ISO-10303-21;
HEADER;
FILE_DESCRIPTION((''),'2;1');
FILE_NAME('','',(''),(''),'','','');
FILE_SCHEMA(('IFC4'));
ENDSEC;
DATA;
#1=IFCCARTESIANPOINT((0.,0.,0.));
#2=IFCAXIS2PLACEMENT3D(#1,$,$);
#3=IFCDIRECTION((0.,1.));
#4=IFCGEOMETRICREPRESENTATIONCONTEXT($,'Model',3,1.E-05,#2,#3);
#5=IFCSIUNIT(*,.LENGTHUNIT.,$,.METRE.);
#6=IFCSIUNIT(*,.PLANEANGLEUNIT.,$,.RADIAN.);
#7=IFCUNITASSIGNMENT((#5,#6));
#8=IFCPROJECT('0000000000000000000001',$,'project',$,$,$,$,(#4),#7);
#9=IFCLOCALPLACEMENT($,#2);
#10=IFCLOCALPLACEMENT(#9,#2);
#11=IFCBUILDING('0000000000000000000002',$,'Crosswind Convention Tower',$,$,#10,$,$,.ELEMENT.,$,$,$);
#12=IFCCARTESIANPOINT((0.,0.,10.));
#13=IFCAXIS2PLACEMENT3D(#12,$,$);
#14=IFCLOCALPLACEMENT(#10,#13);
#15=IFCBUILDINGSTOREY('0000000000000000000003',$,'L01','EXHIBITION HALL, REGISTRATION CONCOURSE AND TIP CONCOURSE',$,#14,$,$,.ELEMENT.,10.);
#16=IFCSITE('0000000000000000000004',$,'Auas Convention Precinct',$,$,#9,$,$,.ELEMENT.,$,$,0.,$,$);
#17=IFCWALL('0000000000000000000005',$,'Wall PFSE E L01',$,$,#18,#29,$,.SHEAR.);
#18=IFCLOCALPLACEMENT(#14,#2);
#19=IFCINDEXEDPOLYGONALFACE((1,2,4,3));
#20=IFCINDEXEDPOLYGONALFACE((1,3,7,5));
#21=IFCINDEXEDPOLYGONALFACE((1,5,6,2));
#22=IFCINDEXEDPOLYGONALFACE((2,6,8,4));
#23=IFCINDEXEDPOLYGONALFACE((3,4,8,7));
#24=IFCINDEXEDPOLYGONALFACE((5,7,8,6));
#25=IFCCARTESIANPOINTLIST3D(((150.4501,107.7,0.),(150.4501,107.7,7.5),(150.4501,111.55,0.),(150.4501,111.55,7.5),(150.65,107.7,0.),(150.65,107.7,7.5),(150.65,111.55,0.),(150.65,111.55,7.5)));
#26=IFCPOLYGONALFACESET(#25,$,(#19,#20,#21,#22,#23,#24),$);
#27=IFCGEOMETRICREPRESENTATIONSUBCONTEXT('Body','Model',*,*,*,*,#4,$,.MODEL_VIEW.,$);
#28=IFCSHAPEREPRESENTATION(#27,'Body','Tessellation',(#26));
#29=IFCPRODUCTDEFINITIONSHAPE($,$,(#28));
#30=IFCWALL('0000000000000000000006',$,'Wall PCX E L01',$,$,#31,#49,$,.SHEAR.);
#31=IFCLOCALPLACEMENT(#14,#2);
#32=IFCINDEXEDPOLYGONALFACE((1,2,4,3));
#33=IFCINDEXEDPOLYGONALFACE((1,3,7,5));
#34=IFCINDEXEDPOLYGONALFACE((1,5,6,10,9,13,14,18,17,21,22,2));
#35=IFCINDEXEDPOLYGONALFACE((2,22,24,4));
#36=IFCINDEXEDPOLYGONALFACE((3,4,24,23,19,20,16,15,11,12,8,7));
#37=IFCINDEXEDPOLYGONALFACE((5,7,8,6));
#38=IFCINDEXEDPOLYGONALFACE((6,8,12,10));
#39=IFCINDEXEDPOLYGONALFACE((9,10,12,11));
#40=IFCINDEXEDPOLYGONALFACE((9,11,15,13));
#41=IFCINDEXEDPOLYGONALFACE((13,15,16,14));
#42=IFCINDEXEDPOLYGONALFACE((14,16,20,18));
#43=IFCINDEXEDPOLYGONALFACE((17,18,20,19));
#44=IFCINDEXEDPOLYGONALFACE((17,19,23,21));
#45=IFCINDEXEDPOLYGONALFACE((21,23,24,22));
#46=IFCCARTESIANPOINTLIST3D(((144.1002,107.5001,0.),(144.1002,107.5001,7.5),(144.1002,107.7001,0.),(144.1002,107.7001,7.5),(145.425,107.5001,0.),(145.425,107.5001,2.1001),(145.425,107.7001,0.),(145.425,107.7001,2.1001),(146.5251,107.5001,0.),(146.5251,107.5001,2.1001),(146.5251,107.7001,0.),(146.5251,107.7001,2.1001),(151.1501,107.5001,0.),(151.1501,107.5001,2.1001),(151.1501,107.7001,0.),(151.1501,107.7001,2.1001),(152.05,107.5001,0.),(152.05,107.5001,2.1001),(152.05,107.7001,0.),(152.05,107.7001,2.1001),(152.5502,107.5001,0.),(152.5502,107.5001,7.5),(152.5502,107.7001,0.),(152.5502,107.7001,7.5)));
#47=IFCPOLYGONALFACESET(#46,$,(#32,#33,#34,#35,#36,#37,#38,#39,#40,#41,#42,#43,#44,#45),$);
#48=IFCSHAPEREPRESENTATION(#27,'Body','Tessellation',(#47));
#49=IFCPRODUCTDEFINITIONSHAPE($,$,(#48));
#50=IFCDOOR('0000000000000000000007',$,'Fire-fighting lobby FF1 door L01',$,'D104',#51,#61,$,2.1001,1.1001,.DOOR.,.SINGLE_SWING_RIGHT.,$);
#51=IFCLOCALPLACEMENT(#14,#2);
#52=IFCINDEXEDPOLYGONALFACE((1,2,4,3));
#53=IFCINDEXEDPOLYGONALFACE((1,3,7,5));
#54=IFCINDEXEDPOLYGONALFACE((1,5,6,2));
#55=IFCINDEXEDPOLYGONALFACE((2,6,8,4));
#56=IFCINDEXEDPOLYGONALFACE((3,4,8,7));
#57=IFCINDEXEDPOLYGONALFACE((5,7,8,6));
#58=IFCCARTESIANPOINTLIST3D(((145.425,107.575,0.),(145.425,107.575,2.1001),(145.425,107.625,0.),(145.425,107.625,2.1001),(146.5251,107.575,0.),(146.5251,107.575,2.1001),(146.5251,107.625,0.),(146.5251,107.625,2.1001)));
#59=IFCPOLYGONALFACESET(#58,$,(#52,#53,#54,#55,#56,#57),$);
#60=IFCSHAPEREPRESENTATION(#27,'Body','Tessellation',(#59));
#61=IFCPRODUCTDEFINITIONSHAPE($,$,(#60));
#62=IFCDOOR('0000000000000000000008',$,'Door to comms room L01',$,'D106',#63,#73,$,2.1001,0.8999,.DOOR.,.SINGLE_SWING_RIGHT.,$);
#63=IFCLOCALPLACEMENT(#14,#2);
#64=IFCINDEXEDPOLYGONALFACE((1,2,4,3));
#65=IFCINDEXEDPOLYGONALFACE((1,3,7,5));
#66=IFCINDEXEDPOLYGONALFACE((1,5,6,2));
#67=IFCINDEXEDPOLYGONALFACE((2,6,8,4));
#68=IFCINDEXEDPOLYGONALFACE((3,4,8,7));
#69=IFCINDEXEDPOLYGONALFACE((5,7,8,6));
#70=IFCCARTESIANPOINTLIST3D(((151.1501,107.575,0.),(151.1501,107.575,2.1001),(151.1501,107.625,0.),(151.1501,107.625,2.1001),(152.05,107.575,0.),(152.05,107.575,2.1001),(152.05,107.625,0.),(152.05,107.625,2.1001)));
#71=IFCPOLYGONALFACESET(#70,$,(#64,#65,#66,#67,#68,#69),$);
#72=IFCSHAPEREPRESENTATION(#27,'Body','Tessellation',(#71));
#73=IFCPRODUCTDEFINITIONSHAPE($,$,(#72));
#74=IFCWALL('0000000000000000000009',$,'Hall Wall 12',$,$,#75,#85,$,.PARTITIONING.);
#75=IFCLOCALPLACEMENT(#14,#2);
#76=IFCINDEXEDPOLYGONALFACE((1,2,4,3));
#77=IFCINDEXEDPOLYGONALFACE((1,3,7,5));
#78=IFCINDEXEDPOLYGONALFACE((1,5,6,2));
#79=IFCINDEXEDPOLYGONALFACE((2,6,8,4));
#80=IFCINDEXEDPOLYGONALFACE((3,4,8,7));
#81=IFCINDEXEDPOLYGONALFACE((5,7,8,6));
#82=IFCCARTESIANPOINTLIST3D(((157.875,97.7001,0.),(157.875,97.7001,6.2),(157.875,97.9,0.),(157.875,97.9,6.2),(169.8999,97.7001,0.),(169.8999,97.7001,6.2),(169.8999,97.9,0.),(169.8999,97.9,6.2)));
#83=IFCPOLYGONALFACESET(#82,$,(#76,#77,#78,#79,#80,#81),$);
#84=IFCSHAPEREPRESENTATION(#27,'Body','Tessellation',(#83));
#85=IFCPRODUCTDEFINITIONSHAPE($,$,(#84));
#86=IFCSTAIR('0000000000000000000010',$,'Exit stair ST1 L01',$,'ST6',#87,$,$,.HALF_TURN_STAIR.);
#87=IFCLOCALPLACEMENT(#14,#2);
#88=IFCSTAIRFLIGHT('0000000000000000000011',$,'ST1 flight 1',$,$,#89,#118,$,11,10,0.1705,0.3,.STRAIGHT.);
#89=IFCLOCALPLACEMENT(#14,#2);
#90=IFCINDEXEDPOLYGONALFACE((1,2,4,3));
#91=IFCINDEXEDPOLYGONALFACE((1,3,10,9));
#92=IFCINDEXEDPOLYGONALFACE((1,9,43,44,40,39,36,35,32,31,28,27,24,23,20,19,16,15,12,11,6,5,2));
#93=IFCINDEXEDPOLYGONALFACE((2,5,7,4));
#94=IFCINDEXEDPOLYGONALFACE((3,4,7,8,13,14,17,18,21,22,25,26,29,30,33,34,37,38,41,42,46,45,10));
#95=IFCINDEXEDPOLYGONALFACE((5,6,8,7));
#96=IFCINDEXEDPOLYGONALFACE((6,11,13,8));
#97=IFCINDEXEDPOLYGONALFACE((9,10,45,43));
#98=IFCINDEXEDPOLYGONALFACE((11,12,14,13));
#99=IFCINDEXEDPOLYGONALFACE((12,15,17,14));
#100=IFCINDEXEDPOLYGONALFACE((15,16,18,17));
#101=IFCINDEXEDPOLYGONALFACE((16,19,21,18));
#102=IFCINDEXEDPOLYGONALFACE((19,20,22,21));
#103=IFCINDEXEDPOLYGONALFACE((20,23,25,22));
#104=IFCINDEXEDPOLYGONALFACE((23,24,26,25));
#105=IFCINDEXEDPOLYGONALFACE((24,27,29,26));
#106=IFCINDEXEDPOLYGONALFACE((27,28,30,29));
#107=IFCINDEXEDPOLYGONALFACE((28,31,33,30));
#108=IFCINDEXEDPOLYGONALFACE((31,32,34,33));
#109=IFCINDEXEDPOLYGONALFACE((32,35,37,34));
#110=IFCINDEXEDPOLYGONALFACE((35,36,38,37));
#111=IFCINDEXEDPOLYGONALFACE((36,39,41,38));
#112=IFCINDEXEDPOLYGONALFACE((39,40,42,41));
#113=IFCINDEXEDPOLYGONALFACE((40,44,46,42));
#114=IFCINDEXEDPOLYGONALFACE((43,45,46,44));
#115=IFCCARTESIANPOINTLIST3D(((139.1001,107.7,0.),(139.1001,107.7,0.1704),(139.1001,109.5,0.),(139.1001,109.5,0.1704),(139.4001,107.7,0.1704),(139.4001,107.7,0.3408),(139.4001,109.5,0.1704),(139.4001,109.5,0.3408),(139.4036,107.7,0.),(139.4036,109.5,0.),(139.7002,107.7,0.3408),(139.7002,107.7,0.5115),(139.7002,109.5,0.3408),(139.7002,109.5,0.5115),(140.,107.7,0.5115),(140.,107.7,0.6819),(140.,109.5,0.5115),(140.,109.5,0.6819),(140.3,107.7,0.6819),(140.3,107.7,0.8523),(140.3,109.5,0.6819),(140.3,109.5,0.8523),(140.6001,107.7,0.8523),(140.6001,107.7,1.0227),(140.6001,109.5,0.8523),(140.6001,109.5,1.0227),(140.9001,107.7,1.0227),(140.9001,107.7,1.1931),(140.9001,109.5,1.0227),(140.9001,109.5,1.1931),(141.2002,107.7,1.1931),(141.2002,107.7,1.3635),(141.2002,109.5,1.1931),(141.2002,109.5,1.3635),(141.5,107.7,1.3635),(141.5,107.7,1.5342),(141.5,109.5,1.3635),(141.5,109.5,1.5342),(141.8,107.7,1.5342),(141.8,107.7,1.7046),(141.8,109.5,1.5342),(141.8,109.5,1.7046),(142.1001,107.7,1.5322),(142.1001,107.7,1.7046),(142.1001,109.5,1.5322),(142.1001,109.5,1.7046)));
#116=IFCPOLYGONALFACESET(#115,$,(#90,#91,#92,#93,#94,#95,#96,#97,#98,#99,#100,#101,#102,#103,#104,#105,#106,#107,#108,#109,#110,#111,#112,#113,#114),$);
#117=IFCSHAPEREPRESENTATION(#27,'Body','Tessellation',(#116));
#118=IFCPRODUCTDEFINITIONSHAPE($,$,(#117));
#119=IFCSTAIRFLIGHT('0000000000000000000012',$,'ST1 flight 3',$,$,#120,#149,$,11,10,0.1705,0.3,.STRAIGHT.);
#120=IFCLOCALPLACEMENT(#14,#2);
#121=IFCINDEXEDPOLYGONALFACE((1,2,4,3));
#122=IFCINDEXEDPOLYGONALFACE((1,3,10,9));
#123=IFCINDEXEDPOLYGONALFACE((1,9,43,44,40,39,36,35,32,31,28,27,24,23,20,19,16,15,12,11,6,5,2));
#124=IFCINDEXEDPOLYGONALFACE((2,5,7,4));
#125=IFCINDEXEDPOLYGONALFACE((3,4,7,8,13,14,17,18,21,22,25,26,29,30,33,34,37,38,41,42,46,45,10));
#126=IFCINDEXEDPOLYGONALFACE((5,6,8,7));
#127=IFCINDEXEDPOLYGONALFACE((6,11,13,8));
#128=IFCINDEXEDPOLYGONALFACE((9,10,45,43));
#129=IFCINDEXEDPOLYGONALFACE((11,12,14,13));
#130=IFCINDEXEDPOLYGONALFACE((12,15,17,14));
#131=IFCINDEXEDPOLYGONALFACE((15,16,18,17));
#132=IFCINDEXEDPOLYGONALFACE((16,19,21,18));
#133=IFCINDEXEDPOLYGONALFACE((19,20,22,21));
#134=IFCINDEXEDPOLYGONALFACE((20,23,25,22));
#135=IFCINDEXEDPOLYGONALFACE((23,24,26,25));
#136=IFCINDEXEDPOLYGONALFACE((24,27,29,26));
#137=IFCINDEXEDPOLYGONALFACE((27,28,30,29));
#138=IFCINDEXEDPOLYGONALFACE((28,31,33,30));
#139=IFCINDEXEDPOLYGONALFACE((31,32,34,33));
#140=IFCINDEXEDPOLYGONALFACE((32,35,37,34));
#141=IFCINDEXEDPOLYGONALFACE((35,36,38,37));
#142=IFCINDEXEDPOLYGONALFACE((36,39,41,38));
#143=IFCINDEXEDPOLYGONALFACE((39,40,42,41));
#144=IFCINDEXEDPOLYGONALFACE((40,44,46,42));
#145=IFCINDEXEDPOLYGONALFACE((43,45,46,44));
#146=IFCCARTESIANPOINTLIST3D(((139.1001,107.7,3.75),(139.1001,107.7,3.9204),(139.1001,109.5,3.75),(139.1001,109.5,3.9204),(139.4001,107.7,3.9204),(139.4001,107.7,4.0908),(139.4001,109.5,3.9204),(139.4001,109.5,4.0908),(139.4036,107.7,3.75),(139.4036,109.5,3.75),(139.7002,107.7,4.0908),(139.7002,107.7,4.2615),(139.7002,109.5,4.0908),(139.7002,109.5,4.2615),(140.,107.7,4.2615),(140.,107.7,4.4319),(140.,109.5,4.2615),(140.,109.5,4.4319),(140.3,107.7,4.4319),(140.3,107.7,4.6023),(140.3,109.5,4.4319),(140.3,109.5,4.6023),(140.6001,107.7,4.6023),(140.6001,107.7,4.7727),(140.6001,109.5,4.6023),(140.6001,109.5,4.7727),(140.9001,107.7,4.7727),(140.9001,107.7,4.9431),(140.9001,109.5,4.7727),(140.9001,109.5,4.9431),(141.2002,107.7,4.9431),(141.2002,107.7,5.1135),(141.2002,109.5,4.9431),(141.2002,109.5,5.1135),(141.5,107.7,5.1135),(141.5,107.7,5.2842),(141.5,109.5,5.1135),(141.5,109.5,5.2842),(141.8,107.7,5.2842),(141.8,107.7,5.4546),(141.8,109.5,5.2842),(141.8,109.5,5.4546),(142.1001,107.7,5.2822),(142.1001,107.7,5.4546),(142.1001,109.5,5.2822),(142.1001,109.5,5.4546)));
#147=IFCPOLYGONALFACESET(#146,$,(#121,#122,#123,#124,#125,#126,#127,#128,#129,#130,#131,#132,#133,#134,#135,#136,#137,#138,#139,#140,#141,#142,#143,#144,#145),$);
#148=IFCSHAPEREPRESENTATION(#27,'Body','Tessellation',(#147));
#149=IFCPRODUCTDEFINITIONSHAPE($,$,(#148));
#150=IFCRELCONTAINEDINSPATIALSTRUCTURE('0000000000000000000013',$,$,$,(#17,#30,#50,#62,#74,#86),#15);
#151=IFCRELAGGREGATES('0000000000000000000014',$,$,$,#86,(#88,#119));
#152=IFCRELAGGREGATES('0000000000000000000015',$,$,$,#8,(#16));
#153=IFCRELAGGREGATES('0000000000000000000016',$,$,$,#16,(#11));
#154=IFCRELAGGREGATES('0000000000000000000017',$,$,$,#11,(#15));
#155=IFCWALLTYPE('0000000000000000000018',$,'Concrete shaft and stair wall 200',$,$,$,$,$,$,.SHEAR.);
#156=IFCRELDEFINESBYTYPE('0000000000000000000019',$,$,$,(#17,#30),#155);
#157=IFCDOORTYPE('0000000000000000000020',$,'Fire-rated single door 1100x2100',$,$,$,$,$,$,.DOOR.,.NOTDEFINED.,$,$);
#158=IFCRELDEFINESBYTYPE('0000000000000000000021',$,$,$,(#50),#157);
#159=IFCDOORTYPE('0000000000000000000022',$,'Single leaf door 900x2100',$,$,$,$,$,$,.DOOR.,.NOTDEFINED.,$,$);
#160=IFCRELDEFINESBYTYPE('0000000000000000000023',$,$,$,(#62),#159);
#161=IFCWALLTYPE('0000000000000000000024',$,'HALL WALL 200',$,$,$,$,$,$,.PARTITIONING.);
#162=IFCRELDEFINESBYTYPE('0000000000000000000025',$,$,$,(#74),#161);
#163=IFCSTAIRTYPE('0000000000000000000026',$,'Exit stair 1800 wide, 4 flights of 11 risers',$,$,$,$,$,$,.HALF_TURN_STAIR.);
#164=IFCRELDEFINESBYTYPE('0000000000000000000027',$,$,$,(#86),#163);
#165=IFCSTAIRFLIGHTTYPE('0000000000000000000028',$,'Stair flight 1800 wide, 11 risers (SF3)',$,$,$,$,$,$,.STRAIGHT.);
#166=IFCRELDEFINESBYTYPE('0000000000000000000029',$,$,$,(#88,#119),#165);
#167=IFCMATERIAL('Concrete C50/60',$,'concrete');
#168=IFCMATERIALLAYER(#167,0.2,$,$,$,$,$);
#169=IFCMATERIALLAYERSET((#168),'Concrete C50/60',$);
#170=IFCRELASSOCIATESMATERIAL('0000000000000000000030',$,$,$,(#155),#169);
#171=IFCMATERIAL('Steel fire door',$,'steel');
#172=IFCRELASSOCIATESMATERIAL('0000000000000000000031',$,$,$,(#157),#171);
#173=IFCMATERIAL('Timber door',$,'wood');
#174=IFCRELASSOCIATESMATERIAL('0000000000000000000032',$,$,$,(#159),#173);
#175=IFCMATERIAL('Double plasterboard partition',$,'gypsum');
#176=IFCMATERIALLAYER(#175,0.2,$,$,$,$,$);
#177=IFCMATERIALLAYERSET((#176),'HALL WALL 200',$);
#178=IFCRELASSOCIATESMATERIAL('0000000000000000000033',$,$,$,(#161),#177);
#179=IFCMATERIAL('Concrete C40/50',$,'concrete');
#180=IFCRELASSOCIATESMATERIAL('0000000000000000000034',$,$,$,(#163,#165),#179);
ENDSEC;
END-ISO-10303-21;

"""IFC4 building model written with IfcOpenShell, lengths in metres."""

from ifc_helpers import new_model, si_unit, direction, frame, frame_2d, origin, place, context, subcontext, project, spatial, polyline, rectangle, outline, extrude, material, layer, layer_set, type_object, element, fill, aggregate, save


model = new_model("IFC4")

# Units and contexts
model_context = context("Model", 3, precision=1e-05, world=origin(), true_north=direction((0.0, 1.0)))
body_context = subcontext(model_context, "Body", "Model", "MODEL_VIEW")
ifc_project = project(units=[si_unit("LENGTHUNIT", "METRE"), si_unit("PLANEANGLEUNIT", "RADIAN")], contexts=[model_context])

# Site, building, storey
site_placement = place(None, origin())
site = spatial("IfcSite", under=ifc_project, at=site_placement, Name="Auas Convention Precinct", CompositionType="ELEMENT", RefElevation=0.0)
building_placement = place(site_placement, origin())
building = spatial("IfcBuilding", under=site, at=building_placement, Name="Crosswind Convention Tower", CompositionType="ELEMENT")
storey_placement = place(building_placement, frame((0.0, 0.0, 10.0)))
storey = spatial("IfcBuildingStorey", under=building, at=storey_placement, Name="L01", Description="EXHIBITION HALL, REGISTRATION CONCOURSE AND TIP CONCOURSE", CompositionType="ELEMENT", Elevation=10.0)

# Shared definitions
ifc_material_1 = material(Name="Concrete C50/60", Category="concrete")
ifc_layer_1 = layer(ifc_material_1, 0.2)
ifc_layer_set_1 = layer_set([ifc_layer_1], Name="Concrete C50/60")
wall_type_1 = type_object("IfcWallType", Name="Concrete shaft and stair wall 200", PredefinedType="SHEAR", material=ifc_layer_set_1)

# Wall
wall_1_placement = place(storey_placement, frame((150.55, 107.7, 0.0), z_axis=(0.0, 0.0, 1.0), x_axis=(0.0, 1.0, 0.0)))
element("IfcWall", 1, at=wall_1_placement, inside=storey, type_object=wall_type_1, Name="Wall PFSE E L01", PredefinedType="SHEAR", context=body_context, shape_type="SweptSolid", body=[
    extrude(rectangle(XDim=3.8501, YDim=0.2, at=frame_2d((1.925, 0.0))), origin(), (0.0, 0.0, 1.0), 7.5),
])

# Wall, openings, doors
wall_2_placement = place(storey_placement, frame((144.1001, 107.6001, 0.0), z_axis=(0.0, 0.0, 1.0), x_axis=(1.0, 0.0, 0.0)))
wall_2 = element("IfcWall", 2, at=wall_2_placement, inside=storey, type_object=wall_type_1, Name="Wall PCX E L01", PredefinedType="SHEAR", context=body_context, shape_type="SweptSolid", body=[
    extrude(rectangle(XDim=8.45, YDim=0.2, at=frame_2d((4.2251, 0.0))), origin(), (0.0, 0.0, 1.0), 7.5),
])
opening_1_placement = place(wall_2_placement, frame((1.325, 0.0, 0.0)))
opening_1 = element("IfcOpeningElement", 3, at=opening_1_placement, cuts=wall_2, PredefinedType="OPENING", context=body_context, shape_type="SweptSolid", body=[
    extrude(rectangle(XDim=1.1001, YDim=2.1001, at=frame_2d((0.55, 1.05))), frame((0.0, 0.1099, 0.0), z_axis=(0.0, -1.0, 0.0), x_axis=(1.0, 0.0, 0.0)), (0.0, 0.0, 1.0), 0.22),
])
opening_2_placement = place(wall_2_placement, frame((7.05, 0.0, 0.0)))
opening_2 = element("IfcOpeningElement", 4, at=opening_2_placement, cuts=wall_2, PredefinedType="OPENING", context=body_context, shape_type="SweptSolid", body=[
    extrude(rectangle(XDim=0.8999, YDim=2.1001, at=frame_2d((0.45, 1.05))), frame((0.0, 0.1099, 0.0), z_axis=(0.0, -1.0, 0.0), x_axis=(1.0, 0.0, 0.0)), (0.0, 0.0, 1.0), 0.22),
])
ifc_material_2 = material(Name="Steel fire door", Category="steel")
door_type_1 = type_object("IfcDoorType", Name="Fire-rated single door 1100x2100", OperationType="NOTDEFINED", PredefinedType="DOOR", material=ifc_material_2)
door_1_placement = place(opening_1_placement, origin())
door_1 = element("IfcDoor", 5, at=door_1_placement, inside=storey, type_object=door_type_1, Name="Fire-fighting lobby FF1 door L01", ObjectType="D104", OperationType="SINGLE_SWING_RIGHT", OverallHeight=2.1001, OverallWidth=1.1001, PredefinedType="DOOR", context=body_context, shape_type="SweptSolid", body=[
    extrude(rectangle(XDim=1.1001, YDim=2.1001, at=frame_2d((0.55, 1.05))), frame((0.0, 0.0249, 0.0), z_axis=(0.0, -1.0, 0.0), x_axis=(1.0, 0.0, 0.0)), (0.0, 0.0, 1.0), 0.05),
])
fill(opening_1, door_1)
ifc_material_3 = material(Name="Timber door", Category="wood")
door_type_2 = type_object("IfcDoorType", Name="Single leaf door 900x2100", OperationType="NOTDEFINED", PredefinedType="DOOR", material=ifc_material_3)
door_2_placement = place(opening_2_placement, origin())
door_2 = element("IfcDoor", 6, at=door_2_placement, inside=storey, type_object=door_type_2, Name="Door to comms room L01", ObjectType="D106", OperationType="SINGLE_SWING_RIGHT", OverallHeight=2.1001, OverallWidth=0.8999, PredefinedType="DOOR", context=body_context, shape_type="SweptSolid", body=[
    extrude(rectangle(XDim=0.8999, YDim=2.1001, at=frame_2d((0.45, 1.05))), frame((0.0, 0.0249, 0.0), z_axis=(0.0, -1.0, 0.0), x_axis=(1.0, 0.0, 0.0)), (0.0, 0.0, 1.0), 0.05),
])
fill(opening_2, door_2)

# Wall
ifc_material_4 = material(Name="Double plasterboard partition", Category="gypsum")
ifc_layer_2 = layer(ifc_material_4, 0.2)
ifc_layer_set_2 = layer_set([ifc_layer_2], Name="HALL WALL 200")
wall_type_2 = type_object("IfcWallType", Name="HALL WALL 200", PredefinedType="PARTITIONING", material=ifc_layer_set_2)
wall_3_placement = place(storey_placement, frame((157.875, 97.8, 0.0), z_axis=(0.0, 0.0, 1.0), x_axis=(1.0, 0.0, 0.0)))
element("IfcWall", 7, at=wall_3_placement, inside=storey, type_object=wall_type_2, Name="Hall Wall 12", PredefinedType="PARTITIONING", context=body_context, shape_type="SweptSolid", body=[
    extrude(rectangle(XDim=12.0249, YDim=0.2, at=frame_2d((6.0125, 0.0))), origin(), (0.0, 0.0, 1.0), 6.2),
])

# Stair, stair flights
ifc_material_5 = material(Name="Concrete C40/50", Category="concrete")
stair_type = type_object("IfcStairType", Name="Exit stair 1800 wide, 4 flights of 11 risers", PredefinedType="HALF_TURN_STAIR", material=ifc_material_5)
stair_placement = place(storey_placement, origin())
stair = element("IfcStair", 8, at=stair_placement, inside=storey, type_object=stair_type, Name="Exit stair ST1 L01", ObjectType="ST6", PredefinedType="HALF_TURN_STAIR")
stair_flight_type = type_object("IfcStairFlightType", Name="Stair flight 1800 wide, 11 risers (SF3)", PredefinedType="STRAIGHT", material=ifc_material_5)
stair_flight_1_placement = place(storey_placement, frame((139.1001, 108.6001, 0.0), z_axis=(0.0, 0.0, 1.0), x_axis=(1.0, 0.0, 0.0)))
stair_flight_1 = element("IfcStairFlight", 9, at=stair_flight_1_placement, type_object=stair_flight_type, Name="ST1 flight 1", NumberOfRisers=11, NumberOfTreads=10, PredefinedType="STRAIGHT", RiserHeight=0.1705, TreadLength=0.3, context=body_context, shape_type="SweptSolid", body=[
    extrude(outline(polyline([(0.0, 0.0), (0.0, 0.1704), (0.3, 0.1704), (0.3, 0.3408), (0.6001, 0.3408), (0.6001, 0.5115), (0.8999, 0.5115), (0.8999, 0.6819), (1.2, 0.6819), (1.2, 0.8523), (1.5, 0.8523), (1.5, 1.0227), (1.8, 1.0227), (1.8, 1.1931), (2.1001, 1.1931), (2.1001, 1.3635), (2.3999, 1.3635), (2.3999, 1.5342), (2.7, 1.5342), (2.7, 1.7046), (3.0, 1.7046), (3.0, 1.875), (3.0, 1.5322), (0.3035, 0.0), (0.0, 0.0)])), frame((0.0, 0.8999, 0.0), z_axis=(0.0, -1.0, 0.0), x_axis=(1.0, 0.0, 0.0)), (0.0, 0.0, 1.0), 1.8),
])
stair_flight_2_placement = place(storey_placement, frame((139.1001, 108.6001, 3.75), z_axis=(0.0, 0.0, 1.0), x_axis=(1.0, 0.0, 0.0)))
stair_flight_2 = element("IfcStairFlight", 10, at=stair_flight_2_placement, type_object=stair_flight_type, Name="ST1 flight 3", NumberOfRisers=11, NumberOfTreads=10, PredefinedType="STRAIGHT", RiserHeight=0.1705, TreadLength=0.3, context=body_context, shape_type="SweptSolid", body=[
    extrude(outline(polyline([(0.0, 0.0), (0.0, 0.1704), (0.3, 0.1704), (0.3, 0.3408), (0.6001, 0.3408), (0.6001, 0.5115), (0.8999, 0.5115), (0.8999, 0.6819), (1.2, 0.6819), (1.2, 0.8523), (1.5, 0.8523), (1.5, 1.0227), (1.8, 1.0227), (1.8, 1.1931), (2.1001, 1.1931), (2.1001, 1.3635), (2.3999, 1.3635), (2.3999, 1.5342), (2.7, 1.5342), (2.7, 1.7046), (3.0, 1.7046), (3.0, 1.875), (3.0, 1.5322), (0.3035, 0.0), (0.0, 0.0)])), frame((0.0, 0.8999, 0.0), z_axis=(0.0, -1.0, 0.0), x_axis=(1.0, 0.0, 0.0)), (0.0, 0.0, 1.0), 1.8),
])
aggregate(stair, [stair_flight_1, stair_flight_2])

save(model, "model.ifc")
